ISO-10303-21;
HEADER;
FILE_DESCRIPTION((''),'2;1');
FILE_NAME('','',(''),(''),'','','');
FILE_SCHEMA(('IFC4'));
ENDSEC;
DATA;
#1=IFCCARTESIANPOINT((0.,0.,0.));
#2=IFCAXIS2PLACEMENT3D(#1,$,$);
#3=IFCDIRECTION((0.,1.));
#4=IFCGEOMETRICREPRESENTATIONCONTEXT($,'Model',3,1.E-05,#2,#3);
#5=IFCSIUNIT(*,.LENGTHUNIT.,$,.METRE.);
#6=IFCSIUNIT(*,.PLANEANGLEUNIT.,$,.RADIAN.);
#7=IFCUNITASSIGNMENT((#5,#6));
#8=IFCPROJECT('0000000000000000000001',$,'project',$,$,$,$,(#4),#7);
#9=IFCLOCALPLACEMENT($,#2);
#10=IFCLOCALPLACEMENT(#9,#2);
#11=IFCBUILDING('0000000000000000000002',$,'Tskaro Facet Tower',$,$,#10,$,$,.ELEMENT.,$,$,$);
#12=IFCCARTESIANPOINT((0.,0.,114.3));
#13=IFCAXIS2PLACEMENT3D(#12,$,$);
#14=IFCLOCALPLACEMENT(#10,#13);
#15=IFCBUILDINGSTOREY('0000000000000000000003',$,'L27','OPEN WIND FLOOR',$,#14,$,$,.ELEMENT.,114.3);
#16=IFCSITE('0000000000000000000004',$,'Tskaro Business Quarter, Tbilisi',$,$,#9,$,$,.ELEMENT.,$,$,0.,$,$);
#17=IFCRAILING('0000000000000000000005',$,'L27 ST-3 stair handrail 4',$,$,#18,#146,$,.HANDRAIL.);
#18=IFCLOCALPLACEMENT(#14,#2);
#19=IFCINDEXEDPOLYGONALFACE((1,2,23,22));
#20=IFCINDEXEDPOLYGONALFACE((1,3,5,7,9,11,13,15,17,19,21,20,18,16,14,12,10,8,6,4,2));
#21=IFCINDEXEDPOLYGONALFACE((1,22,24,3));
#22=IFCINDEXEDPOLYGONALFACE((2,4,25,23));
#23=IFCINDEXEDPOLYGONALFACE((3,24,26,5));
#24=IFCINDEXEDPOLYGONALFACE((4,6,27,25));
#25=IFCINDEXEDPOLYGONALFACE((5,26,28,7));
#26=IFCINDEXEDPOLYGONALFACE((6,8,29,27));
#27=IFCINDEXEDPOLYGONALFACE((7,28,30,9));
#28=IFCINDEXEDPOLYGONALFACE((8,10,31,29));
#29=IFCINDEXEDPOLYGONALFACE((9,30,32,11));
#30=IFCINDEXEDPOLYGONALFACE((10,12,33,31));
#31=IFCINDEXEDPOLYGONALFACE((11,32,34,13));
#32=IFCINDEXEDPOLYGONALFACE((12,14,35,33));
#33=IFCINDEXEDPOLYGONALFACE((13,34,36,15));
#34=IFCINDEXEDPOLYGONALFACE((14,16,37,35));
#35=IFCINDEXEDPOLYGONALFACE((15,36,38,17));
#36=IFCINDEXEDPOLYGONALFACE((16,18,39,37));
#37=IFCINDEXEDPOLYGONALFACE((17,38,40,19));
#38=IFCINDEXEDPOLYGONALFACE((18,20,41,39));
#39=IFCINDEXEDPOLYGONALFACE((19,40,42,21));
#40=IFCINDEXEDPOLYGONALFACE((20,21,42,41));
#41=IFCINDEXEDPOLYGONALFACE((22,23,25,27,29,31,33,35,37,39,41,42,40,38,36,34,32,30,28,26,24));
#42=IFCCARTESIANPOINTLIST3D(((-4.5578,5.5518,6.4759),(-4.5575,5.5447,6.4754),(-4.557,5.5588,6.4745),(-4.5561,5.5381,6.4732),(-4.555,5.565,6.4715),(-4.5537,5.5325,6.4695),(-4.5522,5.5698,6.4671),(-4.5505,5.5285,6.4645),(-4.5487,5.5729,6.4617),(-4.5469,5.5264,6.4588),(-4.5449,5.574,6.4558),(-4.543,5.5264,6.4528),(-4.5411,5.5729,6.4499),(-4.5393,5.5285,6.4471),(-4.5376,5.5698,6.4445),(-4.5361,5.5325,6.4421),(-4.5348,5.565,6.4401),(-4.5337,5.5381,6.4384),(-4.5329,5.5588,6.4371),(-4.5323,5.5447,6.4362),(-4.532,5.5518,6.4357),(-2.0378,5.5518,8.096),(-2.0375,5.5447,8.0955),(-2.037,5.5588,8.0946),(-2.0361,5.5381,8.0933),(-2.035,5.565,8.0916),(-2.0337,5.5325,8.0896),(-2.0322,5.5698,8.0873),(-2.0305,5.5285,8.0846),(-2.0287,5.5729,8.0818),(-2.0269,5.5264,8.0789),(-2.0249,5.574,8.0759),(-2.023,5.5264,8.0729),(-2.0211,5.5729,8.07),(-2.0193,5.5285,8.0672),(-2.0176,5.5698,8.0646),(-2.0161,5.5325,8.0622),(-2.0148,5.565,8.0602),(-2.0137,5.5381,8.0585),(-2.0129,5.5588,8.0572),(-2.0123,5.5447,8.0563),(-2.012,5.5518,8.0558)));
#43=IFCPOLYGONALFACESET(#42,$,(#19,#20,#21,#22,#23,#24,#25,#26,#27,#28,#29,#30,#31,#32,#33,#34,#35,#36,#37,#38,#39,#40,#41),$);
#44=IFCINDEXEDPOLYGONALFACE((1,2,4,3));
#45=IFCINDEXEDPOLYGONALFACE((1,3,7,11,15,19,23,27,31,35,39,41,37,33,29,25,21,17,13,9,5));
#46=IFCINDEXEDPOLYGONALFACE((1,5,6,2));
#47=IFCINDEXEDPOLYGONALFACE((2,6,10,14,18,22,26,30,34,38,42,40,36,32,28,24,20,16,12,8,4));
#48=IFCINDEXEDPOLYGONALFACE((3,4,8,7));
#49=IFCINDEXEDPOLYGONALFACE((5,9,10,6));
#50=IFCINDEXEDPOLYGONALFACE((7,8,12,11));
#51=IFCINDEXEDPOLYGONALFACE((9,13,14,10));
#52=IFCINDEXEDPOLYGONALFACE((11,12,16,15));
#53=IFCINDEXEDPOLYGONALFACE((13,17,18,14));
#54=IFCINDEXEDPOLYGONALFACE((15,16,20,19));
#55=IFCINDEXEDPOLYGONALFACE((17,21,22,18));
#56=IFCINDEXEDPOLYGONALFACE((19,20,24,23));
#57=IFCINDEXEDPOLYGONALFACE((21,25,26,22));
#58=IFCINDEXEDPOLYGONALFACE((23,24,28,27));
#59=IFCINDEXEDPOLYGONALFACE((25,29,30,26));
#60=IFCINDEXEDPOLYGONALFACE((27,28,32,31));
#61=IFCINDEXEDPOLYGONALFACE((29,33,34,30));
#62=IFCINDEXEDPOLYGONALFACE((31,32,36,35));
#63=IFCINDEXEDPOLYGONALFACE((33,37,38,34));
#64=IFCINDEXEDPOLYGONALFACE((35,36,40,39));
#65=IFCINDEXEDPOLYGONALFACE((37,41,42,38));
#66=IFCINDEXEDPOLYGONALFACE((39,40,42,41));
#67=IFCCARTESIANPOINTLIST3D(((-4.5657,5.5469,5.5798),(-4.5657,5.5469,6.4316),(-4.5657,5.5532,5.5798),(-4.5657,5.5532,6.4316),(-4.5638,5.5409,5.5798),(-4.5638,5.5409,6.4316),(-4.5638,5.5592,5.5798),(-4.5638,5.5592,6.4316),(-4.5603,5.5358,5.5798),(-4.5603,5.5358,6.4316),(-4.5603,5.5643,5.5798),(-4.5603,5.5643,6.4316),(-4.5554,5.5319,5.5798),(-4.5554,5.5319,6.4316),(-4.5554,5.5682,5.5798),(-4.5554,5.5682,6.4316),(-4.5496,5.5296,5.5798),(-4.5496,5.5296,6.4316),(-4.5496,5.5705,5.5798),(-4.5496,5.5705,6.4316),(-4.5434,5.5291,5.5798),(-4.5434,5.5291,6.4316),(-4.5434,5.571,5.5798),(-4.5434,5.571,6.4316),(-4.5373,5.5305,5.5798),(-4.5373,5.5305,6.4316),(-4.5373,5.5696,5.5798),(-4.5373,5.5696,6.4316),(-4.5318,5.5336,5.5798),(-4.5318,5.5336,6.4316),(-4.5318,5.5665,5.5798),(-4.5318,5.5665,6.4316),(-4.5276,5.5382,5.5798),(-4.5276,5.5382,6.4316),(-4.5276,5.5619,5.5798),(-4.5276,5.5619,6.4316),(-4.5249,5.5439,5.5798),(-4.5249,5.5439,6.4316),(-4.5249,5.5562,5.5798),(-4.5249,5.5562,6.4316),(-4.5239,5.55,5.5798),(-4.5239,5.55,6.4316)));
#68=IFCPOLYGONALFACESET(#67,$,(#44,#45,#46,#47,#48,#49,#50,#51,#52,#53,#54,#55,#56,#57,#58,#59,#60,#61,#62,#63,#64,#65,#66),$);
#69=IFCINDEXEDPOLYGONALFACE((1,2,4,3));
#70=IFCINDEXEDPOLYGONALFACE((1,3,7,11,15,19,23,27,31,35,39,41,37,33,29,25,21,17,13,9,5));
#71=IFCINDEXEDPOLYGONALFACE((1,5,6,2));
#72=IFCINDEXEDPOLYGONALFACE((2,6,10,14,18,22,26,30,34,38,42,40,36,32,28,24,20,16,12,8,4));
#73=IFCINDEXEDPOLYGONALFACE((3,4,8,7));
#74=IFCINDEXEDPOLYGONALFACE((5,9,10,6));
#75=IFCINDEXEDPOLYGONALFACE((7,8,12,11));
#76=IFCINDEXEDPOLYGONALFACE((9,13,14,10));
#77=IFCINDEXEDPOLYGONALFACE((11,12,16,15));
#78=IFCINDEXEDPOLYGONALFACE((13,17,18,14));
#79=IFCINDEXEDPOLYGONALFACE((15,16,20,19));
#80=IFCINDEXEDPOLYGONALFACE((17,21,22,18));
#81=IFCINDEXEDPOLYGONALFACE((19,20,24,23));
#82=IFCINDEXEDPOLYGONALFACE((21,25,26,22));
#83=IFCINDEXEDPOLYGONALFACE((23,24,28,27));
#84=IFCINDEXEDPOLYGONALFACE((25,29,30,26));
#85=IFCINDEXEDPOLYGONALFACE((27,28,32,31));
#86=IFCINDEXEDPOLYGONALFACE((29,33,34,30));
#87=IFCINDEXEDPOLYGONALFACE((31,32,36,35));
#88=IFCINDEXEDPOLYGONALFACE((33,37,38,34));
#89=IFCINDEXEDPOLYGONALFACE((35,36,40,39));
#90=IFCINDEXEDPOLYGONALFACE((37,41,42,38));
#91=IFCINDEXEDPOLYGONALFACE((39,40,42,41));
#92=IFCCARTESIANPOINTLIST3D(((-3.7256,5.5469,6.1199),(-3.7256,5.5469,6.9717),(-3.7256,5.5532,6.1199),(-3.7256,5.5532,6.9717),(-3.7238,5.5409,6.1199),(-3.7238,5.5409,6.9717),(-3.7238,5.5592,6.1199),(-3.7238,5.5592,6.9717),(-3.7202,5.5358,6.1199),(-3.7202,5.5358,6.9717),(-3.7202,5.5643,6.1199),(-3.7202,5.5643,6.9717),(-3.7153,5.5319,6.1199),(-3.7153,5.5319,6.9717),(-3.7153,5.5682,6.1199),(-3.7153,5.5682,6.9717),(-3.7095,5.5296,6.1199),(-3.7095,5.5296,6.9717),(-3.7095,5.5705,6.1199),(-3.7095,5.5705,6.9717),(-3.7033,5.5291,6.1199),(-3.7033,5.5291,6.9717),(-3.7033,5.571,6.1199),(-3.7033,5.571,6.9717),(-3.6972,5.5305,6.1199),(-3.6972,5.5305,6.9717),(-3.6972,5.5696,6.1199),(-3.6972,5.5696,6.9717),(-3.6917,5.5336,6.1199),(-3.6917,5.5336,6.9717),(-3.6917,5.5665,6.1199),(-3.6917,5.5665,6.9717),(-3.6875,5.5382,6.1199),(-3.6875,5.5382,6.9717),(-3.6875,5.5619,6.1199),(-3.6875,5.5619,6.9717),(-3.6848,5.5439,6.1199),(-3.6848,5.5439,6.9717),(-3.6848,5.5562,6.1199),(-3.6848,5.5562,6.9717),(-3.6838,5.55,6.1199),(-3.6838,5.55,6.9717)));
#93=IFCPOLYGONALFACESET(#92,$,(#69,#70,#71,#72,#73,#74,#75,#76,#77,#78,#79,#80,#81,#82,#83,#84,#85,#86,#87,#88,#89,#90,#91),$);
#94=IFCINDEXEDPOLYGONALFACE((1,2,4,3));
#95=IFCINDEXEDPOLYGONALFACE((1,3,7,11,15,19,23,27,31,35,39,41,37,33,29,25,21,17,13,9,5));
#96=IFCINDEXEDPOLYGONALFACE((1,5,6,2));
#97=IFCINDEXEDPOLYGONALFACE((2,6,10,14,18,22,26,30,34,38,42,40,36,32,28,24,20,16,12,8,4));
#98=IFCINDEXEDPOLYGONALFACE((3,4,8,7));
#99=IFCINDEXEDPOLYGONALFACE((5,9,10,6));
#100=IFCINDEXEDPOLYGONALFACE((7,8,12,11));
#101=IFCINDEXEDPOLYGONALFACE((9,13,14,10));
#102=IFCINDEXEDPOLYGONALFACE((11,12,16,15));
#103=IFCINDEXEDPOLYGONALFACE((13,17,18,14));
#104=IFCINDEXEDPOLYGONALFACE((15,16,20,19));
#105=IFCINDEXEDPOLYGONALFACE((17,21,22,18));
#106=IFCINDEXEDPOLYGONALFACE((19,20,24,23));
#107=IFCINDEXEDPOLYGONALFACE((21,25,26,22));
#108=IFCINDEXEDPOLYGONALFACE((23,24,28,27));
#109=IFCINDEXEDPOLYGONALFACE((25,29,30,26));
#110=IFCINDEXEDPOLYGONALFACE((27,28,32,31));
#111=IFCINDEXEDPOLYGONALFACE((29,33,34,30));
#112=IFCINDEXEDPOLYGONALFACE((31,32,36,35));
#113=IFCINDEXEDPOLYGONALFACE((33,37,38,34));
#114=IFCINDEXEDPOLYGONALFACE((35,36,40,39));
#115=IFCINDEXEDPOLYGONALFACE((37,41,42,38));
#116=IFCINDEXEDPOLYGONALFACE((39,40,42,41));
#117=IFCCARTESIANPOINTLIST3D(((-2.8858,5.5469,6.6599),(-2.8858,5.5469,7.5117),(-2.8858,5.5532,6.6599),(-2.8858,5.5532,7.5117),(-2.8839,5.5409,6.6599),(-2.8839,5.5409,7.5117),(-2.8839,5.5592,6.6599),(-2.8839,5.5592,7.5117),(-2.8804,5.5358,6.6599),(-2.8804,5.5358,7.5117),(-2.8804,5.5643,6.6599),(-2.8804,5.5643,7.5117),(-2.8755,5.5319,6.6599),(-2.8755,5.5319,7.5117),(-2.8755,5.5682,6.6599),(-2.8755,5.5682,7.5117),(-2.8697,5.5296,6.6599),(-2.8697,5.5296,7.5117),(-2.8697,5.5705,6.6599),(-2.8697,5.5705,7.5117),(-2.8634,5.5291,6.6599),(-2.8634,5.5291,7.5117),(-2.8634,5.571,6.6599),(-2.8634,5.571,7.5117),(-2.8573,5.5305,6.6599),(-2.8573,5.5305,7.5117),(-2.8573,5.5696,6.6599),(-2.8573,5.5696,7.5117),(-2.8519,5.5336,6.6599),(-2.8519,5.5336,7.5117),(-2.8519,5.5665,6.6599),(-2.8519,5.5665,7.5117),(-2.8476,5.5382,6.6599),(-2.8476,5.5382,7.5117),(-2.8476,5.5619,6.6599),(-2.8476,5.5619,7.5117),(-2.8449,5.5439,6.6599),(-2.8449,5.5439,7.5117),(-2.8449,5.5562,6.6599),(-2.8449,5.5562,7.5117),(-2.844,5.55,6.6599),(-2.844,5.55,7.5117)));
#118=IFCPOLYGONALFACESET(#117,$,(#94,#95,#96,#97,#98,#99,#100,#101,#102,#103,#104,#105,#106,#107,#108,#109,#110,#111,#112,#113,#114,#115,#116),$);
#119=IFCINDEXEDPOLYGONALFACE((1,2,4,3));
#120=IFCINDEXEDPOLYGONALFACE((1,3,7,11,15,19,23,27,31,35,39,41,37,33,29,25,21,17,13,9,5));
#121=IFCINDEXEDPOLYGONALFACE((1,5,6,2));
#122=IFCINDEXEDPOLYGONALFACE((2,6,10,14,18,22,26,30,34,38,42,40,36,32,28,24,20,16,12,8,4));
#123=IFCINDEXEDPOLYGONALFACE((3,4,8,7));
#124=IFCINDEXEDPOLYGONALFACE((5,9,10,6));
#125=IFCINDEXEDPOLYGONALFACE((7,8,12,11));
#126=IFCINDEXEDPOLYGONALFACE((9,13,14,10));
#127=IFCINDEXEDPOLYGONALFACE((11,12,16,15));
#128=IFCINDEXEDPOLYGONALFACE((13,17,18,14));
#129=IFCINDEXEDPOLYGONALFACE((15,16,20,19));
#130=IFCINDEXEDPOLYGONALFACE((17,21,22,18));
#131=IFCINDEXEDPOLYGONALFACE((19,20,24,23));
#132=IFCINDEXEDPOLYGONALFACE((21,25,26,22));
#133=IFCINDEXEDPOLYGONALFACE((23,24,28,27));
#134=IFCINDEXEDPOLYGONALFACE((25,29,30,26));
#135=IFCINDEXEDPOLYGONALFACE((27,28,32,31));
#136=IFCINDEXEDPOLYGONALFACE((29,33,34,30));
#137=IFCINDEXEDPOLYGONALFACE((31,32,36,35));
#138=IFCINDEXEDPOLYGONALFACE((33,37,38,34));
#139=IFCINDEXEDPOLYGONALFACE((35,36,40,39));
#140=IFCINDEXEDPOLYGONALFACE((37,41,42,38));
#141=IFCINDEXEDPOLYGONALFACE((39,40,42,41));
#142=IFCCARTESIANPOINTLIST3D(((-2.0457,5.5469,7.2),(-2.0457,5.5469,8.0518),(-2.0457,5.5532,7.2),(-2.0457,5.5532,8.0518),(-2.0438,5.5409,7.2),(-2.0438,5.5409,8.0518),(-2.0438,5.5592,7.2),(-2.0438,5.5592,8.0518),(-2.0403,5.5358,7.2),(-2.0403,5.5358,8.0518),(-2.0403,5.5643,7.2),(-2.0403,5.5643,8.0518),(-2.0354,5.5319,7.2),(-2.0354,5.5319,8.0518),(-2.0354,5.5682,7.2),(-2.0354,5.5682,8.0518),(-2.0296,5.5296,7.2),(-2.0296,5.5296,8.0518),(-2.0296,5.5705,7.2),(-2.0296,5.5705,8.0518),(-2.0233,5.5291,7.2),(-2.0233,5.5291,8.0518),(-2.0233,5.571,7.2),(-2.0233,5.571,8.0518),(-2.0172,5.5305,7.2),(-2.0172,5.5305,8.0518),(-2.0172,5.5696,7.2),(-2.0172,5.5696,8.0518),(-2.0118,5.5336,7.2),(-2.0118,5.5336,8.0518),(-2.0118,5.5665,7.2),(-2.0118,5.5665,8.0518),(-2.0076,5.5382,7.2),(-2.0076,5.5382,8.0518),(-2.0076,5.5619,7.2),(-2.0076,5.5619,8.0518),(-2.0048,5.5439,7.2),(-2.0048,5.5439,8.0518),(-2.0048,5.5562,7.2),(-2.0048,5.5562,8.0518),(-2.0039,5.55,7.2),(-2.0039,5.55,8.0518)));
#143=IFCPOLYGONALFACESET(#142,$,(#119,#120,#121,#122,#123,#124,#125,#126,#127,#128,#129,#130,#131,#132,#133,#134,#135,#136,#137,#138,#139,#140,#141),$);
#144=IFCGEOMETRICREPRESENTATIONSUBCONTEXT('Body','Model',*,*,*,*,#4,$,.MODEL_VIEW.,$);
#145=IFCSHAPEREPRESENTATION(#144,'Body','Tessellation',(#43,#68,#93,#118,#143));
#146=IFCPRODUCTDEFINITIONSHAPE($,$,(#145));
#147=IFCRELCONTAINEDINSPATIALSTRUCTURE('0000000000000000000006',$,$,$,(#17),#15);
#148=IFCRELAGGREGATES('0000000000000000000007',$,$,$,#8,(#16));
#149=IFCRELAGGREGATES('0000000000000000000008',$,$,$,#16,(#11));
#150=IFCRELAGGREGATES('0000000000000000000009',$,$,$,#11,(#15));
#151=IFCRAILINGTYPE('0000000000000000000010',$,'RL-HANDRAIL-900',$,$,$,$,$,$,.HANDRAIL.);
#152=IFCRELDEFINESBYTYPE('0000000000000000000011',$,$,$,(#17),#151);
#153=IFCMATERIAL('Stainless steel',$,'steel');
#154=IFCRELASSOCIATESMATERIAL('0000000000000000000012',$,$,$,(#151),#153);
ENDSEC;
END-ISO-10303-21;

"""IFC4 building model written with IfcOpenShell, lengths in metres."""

from ifc_helpers import new_model, si_unit, direction, frame, origin, origin_2d, place, context, subcontext, project, spatial, circle, extrude, material, type_object, element, save


model = new_model("IFC4")

# Units and contexts
model_context = context("Model", 3, precision=1e-05, world=origin(), true_north=direction((0.0, 1.0)))
body_context = subcontext(model_context, "Body", "Model", "MODEL_VIEW")
ifc_project = project(units=[si_unit("LENGTHUNIT", "METRE"), si_unit("PLANEANGLEUNIT", "RADIAN")], contexts=[model_context])

# Site, building, storey
site_placement = place(None, origin())
site = spatial("IfcSite", under=ifc_project, at=site_placement, Name="Tskaro Business Quarter, Tbilisi", CompositionType="ELEMENT", RefElevation=0.0)
building_placement = place(site_placement, origin())
building = spatial("IfcBuilding", under=site, at=building_placement, Name="Tskaro Facet Tower", CompositionType="ELEMENT")
storey_placement = place(building_placement, frame((0.0, 0.0, 114.3)))
storey = spatial("IfcBuildingStorey", under=building, at=storey_placement, Name="L27", Description="OPEN WIND FLOOR", CompositionType="ELEMENT", Elevation=114.3)

# Railing
ifc_material_1 = material(Name="Stainless steel", Category="steel")
railing_type_1 = type_object("IfcRailingType", Name="RL-HANDRAIL-900", PredefinedType="HANDRAIL", material=ifc_material_1)
railing_1_placement = place(storey_placement, frame((-4.5449, 5.55, 5.5798)))
element("IfcRailing", 1, at=railing_1_placement, inside=storey, type_object=railing_type_1, Name="L27 ST-3 stair handrail 4", PredefinedType="HANDRAIL", context=body_context, shape_type="SweptSolid", body=[
    extrude(circle(Radius=0.0239, at=origin_2d()), frame((0.0, 0.0, 0.876), z_axis=(0.841163, 0.0, 0.540782), x_axis=(0.0, 1.0, 0.0)), (0.0, 0.0, 1.0), 2.9958),
    extrude(circle(Radius=0.021, at=origin_2d()), origin(), (0.0, 0.0, 1.0), 0.8518),
    extrude(circle(Radius=0.021, at=origin_2d()), frame((0.8401, 0.0, 0.54)), (0.0, 0.0, 1.0), 0.8518),
    extrude(circle(Radius=0.021, at=origin_2d()), frame((1.6799, 0.0, 1.0801)), (0.0, 0.0, 1.0), 0.8518),
    extrude(circle(Radius=0.021, at=origin_2d()), frame((2.52, 0.0, 1.6201)), (0.0, 0.0, 1.0), 0.8518),
])

save(model, "model.ifc")
